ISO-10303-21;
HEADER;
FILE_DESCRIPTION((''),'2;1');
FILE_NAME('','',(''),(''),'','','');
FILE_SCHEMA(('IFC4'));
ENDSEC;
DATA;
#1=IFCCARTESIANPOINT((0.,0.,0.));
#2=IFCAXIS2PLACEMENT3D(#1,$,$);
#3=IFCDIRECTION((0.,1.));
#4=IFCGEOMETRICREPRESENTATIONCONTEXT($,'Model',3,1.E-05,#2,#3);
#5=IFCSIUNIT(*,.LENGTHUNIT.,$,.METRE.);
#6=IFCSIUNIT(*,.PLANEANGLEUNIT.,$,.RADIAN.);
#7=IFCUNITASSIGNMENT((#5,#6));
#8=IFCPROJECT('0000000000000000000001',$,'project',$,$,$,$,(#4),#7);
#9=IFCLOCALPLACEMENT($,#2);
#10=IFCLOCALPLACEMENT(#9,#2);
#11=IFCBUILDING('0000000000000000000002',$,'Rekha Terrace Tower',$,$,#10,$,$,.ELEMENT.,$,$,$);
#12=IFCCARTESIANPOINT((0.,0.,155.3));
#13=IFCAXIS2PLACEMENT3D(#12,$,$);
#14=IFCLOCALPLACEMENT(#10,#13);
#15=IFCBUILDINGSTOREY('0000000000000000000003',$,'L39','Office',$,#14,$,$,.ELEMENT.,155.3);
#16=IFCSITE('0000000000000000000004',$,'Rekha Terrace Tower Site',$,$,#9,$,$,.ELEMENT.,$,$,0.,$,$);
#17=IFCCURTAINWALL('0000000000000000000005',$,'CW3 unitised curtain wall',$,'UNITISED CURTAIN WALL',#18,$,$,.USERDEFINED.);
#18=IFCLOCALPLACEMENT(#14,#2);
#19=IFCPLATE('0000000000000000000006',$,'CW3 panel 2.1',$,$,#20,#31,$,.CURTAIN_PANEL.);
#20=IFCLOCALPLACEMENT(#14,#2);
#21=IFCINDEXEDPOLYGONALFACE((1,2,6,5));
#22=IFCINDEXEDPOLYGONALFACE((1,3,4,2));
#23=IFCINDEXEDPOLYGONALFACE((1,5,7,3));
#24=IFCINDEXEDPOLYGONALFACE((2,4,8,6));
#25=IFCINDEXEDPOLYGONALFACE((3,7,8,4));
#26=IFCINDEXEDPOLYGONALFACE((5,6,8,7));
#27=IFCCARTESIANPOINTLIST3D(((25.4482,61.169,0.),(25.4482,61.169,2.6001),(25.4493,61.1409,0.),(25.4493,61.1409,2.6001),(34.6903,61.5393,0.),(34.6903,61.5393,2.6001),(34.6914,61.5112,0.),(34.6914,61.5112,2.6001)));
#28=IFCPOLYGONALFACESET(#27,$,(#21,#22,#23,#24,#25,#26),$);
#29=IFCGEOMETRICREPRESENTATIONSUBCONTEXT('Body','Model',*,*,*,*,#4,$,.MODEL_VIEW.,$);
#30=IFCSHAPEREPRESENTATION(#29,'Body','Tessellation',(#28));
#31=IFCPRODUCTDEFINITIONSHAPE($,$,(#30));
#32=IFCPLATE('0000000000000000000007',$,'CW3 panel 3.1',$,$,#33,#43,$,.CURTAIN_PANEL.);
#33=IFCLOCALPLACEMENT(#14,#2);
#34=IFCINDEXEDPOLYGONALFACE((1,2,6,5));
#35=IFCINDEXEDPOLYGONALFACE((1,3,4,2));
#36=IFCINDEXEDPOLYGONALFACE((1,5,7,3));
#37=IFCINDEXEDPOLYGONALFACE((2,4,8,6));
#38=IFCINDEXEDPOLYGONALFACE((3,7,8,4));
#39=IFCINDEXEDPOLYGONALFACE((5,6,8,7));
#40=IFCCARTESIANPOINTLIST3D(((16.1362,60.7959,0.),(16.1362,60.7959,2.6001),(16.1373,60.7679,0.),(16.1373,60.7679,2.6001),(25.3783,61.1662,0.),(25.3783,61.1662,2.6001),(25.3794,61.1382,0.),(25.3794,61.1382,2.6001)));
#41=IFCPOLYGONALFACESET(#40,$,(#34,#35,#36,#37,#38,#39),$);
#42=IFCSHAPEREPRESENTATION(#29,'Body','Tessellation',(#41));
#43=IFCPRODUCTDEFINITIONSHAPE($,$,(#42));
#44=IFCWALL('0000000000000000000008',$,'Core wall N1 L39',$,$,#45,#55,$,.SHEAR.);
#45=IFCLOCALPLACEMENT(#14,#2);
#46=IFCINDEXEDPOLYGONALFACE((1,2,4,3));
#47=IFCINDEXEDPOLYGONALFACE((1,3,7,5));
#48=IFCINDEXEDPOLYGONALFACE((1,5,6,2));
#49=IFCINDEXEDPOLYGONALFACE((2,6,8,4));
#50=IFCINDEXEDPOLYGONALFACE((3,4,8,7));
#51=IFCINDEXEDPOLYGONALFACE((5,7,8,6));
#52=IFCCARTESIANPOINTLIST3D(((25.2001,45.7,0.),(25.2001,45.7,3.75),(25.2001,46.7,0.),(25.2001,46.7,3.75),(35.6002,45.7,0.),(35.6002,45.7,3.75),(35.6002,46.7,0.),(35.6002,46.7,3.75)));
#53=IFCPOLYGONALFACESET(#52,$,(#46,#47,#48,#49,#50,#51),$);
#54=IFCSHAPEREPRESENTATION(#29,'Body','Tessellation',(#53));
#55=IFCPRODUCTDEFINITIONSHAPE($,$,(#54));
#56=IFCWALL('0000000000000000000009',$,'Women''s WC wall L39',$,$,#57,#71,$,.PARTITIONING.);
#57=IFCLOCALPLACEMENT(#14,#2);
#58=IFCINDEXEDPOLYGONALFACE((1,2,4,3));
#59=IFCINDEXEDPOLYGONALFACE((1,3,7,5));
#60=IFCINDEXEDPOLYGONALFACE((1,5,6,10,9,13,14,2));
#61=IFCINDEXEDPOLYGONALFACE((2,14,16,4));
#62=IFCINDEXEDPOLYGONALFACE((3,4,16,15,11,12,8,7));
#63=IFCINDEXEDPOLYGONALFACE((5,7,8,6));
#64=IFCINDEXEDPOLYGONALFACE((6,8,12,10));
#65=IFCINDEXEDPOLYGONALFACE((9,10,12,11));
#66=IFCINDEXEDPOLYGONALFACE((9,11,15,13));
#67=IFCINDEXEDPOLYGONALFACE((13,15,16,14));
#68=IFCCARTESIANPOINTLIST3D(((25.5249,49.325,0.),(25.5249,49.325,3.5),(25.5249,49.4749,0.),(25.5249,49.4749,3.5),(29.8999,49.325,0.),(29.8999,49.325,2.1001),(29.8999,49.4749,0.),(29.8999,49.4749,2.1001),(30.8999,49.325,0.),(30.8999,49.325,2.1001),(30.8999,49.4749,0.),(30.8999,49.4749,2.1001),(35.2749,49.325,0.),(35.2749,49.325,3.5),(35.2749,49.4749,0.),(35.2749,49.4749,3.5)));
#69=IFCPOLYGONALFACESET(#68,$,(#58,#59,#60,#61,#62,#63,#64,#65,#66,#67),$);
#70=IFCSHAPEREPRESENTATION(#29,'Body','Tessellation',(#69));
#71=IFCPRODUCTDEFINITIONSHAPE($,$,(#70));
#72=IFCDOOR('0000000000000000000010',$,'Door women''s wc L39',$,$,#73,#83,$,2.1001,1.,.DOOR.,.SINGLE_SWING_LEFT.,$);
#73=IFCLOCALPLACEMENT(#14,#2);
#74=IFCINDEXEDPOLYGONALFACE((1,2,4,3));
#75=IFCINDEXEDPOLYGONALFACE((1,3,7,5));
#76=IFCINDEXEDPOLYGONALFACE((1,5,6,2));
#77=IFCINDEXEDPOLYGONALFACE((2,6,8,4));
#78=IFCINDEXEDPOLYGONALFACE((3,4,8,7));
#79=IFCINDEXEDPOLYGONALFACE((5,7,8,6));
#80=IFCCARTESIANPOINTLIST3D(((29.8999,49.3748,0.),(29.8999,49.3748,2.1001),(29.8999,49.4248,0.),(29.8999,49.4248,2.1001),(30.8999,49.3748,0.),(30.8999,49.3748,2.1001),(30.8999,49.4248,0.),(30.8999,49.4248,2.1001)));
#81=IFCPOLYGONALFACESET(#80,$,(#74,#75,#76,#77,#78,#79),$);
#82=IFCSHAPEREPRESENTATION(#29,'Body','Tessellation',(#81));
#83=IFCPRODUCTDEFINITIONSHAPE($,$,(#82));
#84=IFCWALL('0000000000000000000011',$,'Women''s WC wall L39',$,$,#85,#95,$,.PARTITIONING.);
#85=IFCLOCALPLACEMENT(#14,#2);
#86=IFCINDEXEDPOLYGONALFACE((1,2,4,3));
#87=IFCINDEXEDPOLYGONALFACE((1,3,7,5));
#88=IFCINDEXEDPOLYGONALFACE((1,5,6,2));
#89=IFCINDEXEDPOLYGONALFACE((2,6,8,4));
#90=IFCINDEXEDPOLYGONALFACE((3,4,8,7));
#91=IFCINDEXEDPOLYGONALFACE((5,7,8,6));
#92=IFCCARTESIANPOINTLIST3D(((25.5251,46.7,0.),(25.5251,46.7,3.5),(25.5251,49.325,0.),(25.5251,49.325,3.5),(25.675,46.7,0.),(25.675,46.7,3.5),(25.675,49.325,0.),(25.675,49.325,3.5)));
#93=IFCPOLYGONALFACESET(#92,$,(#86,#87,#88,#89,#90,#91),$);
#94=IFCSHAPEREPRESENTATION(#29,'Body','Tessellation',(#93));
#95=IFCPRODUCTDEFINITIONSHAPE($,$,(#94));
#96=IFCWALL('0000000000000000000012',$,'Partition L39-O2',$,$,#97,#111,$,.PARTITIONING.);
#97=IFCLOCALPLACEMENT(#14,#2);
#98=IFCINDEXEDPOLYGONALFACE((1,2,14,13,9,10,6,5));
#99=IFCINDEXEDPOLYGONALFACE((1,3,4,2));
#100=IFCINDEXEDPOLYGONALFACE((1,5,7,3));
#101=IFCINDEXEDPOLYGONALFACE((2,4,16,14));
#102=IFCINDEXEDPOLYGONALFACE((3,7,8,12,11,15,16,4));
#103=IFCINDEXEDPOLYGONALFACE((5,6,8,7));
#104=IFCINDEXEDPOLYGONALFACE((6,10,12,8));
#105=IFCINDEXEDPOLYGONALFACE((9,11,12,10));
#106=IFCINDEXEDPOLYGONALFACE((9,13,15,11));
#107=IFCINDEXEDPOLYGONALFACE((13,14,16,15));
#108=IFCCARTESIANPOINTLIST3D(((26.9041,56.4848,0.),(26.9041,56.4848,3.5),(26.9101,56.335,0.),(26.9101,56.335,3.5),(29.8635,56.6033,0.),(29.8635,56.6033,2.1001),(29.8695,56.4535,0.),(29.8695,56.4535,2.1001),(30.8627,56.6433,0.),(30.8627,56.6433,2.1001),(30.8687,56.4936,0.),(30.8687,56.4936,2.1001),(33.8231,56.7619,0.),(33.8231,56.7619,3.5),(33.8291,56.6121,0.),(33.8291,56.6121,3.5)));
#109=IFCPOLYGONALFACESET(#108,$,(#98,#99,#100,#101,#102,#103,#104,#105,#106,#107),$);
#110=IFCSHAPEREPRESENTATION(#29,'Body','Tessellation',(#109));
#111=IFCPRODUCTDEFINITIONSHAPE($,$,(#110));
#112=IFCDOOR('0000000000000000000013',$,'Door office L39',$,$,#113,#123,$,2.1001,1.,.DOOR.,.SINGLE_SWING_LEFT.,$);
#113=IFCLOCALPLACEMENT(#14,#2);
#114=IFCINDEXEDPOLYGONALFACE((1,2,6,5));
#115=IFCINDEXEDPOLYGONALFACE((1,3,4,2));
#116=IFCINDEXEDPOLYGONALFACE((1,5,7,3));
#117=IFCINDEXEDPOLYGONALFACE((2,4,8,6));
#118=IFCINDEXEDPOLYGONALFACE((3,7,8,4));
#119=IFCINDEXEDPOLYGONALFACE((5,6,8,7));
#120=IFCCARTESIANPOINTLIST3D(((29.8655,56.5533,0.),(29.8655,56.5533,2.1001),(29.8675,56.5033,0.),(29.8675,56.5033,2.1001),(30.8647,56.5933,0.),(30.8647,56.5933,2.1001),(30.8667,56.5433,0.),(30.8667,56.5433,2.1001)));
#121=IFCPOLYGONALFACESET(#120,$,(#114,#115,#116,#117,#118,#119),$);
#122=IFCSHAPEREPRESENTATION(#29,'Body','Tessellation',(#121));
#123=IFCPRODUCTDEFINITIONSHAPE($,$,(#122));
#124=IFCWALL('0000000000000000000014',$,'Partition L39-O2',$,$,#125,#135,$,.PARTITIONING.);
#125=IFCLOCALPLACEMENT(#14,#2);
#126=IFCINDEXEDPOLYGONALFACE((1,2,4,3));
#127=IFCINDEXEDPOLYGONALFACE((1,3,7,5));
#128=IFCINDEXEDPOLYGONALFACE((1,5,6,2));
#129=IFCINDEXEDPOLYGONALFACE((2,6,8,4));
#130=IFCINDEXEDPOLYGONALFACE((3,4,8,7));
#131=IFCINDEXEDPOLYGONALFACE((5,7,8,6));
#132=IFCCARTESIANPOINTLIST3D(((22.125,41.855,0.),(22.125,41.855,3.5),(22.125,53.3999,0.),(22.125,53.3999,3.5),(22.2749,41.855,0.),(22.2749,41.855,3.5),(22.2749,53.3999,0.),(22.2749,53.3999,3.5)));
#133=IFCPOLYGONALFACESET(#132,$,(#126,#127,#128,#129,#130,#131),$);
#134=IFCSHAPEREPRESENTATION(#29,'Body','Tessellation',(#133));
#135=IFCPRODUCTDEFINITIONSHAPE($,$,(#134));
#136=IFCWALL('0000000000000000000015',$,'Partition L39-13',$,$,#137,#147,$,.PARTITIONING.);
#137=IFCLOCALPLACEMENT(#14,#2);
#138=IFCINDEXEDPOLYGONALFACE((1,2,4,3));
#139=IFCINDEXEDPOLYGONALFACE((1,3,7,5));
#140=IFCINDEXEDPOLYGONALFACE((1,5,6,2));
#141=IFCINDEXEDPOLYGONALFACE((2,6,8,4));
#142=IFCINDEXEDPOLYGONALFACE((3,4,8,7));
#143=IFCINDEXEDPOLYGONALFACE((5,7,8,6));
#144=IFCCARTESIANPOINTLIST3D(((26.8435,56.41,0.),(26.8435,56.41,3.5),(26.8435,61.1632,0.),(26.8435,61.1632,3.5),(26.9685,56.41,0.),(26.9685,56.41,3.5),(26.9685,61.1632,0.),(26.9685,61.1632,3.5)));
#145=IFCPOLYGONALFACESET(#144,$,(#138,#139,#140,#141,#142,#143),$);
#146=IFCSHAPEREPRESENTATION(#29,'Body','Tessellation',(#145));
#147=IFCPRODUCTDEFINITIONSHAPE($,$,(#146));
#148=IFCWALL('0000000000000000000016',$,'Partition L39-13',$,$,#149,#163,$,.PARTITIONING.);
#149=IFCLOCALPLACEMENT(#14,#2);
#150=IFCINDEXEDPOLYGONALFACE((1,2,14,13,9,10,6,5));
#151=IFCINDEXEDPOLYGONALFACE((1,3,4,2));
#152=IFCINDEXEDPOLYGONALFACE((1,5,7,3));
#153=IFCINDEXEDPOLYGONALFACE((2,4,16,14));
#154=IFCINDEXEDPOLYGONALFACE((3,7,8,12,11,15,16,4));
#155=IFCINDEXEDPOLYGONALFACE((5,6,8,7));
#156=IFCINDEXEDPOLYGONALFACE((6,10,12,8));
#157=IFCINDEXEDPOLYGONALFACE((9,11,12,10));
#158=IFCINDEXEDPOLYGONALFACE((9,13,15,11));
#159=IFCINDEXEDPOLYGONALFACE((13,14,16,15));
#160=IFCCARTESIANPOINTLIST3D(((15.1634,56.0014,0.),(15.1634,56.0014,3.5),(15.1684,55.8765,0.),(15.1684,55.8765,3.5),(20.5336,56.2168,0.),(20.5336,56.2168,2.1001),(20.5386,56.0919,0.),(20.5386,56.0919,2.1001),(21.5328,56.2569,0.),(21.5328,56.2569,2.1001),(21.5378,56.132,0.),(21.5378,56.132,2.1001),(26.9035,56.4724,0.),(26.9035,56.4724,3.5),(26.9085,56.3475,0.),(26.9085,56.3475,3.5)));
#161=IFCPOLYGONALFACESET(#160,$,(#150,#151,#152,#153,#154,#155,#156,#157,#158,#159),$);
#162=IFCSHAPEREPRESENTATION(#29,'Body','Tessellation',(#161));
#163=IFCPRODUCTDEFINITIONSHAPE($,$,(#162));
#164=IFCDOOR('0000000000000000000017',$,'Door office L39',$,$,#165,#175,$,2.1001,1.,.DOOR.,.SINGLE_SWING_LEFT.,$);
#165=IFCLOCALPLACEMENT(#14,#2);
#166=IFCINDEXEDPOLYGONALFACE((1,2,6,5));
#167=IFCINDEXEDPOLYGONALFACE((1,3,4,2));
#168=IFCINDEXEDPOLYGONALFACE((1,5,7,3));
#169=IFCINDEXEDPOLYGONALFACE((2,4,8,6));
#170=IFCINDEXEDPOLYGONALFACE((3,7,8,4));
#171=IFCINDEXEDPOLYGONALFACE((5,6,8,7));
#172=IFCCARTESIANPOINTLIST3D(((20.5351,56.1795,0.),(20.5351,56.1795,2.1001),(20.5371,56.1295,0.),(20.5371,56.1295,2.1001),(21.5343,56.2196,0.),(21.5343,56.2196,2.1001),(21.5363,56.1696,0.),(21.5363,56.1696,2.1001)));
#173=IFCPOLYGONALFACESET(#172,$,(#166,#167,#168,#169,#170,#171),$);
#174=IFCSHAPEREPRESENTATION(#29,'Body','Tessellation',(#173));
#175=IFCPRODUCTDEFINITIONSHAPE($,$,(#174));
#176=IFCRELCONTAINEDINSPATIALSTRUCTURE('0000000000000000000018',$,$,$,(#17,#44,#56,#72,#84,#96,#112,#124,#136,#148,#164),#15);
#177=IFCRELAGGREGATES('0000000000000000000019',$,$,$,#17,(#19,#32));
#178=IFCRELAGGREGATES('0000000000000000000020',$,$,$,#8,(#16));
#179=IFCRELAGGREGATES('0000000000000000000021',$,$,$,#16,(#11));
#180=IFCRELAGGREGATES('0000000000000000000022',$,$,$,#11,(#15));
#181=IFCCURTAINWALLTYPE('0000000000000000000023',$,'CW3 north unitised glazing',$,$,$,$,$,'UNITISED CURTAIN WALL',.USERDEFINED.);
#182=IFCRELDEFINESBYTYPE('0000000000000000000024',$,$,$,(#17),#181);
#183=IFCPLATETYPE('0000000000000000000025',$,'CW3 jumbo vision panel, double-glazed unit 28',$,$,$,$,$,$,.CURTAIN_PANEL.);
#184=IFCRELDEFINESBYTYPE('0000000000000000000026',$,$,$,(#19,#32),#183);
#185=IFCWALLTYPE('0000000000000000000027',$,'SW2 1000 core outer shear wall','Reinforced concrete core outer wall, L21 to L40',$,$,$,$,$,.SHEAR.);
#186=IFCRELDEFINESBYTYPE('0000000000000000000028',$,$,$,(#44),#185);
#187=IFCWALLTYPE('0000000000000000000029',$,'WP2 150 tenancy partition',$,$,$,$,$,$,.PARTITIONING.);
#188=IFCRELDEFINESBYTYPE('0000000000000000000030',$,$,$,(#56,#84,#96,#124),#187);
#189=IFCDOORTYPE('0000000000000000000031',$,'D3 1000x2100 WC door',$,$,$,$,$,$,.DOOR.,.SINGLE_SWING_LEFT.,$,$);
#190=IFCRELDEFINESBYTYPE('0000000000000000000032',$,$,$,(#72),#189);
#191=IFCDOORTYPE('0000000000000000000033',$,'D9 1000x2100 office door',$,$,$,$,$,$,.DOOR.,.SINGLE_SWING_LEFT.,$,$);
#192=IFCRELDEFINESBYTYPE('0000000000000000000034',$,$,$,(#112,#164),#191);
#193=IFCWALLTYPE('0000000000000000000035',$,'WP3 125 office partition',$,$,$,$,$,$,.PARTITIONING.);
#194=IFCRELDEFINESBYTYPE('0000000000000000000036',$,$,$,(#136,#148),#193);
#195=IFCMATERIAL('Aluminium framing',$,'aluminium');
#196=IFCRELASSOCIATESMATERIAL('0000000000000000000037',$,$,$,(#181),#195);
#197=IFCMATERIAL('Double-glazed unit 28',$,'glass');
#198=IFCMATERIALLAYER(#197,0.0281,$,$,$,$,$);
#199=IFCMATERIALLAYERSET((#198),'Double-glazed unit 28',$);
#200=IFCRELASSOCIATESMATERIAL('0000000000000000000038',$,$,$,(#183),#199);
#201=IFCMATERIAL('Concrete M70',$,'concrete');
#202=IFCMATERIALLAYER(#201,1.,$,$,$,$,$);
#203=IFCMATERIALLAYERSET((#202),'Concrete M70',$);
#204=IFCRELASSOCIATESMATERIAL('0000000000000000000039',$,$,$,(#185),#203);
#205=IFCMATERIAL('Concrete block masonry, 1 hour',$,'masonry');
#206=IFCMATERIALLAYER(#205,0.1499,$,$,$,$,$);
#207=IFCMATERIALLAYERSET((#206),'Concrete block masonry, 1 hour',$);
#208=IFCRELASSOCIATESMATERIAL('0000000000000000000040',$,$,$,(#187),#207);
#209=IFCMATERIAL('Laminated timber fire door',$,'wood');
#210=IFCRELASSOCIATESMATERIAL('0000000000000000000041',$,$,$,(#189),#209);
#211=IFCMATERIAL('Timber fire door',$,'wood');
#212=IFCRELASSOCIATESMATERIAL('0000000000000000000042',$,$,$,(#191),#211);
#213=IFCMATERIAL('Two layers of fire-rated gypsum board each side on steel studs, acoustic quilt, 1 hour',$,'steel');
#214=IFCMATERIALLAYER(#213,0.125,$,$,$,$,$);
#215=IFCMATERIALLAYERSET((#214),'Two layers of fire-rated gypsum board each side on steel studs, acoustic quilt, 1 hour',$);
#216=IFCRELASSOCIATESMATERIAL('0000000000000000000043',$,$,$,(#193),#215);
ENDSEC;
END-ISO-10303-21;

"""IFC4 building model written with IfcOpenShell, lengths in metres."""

from ifc_helpers import new_model, si_unit, direction, frame, frame_2d, origin, origin_2d, place, context, subcontext, project, spatial, rectangle, extrude, material, layer, layer_set, type_object, element, fill, aggregate, save


model = new_model("IFC4")

# Units and contexts
model_context = context("Model", 3, precision=1e-05, world=origin(), true_north=direction((0.0, 1.0)))
body_context = subcontext(model_context, "Body", "Model", "MODEL_VIEW")
ifc_project = project(units=[si_unit("LENGTHUNIT", "METRE"), si_unit("PLANEANGLEUNIT", "RADIAN")], contexts=[model_context])

# Site, building, storey
site_placement = place(None, origin())
site = spatial("IfcSite", under=ifc_project, at=site_placement, Name="Rekha Terrace Tower Site", CompositionType="ELEMENT", RefElevation=0.0)
building_placement = place(site_placement, origin())
building = spatial("IfcBuilding", under=site, at=building_placement, Name="Rekha Terrace Tower", CompositionType="ELEMENT")
storey_placement = place(building_placement, frame((0.0, 0.0, 155.3)))
storey = spatial("IfcBuildingStorey", under=building, at=storey_placement, Name="L39", Description="Office", CompositionType="ELEMENT", Elevation=155.3)

# Shared definitions
ifc_material_1 = material(Name="Concrete M70", Category="concrete")

# Curtain wall, plates
ifc_material_2 = material(Name="Aluminium framing", Category="aluminium")
curtain_wall_type = type_object("IfcCurtainWallType", Name="CW3 north unitised glazing", ElementType="UNITISED CURTAIN WALL", PredefinedType="USERDEFINED", material=ifc_material_2)
curtain_wall_placement = place(storey_placement, origin())
curtain_wall = element("IfcCurtainWall", 1, at=curtain_wall_placement, inside=storey, type_object=curtain_wall_type, Name="CW3 unitised curtain wall", ObjectType="UNITISED CURTAIN WALL", PredefinedType="USERDEFINED")
ifc_material_3 = material(Name="Double-glazed unit 28", Category="glass")
ifc_layer_1 = layer(ifc_material_3, 0.0281)
ifc_layer_set_1 = layer_set([ifc_layer_1], Name="Double-glazed unit 28")
plate_type = type_object("IfcPlateType", Name="CW3 jumbo vision panel, double-glazed unit 28", PredefinedType="CURTAIN_PANEL", material=ifc_layer_set_1)
plate_1_placement = place(storey_placement, frame((30.0698, 61.3401, 0.0), z_axis=(0.0, 0.0, 1.0), x_axis=(-0.999198, -0.040032, 0.0)))
plate_1 = element("IfcPlate", 2, at=plate_1_placement, type_object=plate_type, Name="CW3 panel 2.1", PredefinedType="CURTAIN_PANEL", context=body_context, shape_type="SweptSolid", body=[
    extrude(rectangle(XDim=9.2495, YDim=0.0281, at=origin_2d()), origin(), (0.0, 0.0, 1.0), 2.6001),
])
plate_2_placement = place(storey_placement, frame((20.7578, 60.967, 0.0), z_axis=(0.0, 0.0, 1.0), x_axis=(-0.999198, -0.040032, 0.0)))
plate_2 = element("IfcPlate", 3, at=plate_2_placement, type_object=plate_type, Name="CW3 panel 3.1", PredefinedType="CURTAIN_PANEL", context=body_context, shape_type="SweptSolid", body=[
    extrude(rectangle(XDim=9.2495, YDim=0.0281, at=origin_2d()), origin(), (0.0, 0.0, 1.0), 2.6001),
])
aggregate(curtain_wall, [plate_1, plate_2])

# Wall
ifc_layer_2 = layer(ifc_material_1, 1.0)
ifc_layer_set_2 = layer_set([ifc_layer_2], Name="Concrete M70")
wall_type_1 = type_object("IfcWallType", Name="SW2 1000 core outer shear wall", Description="Reinforced concrete core outer wall, L21 to L40", PredefinedType="SHEAR", material=ifc_layer_set_2)
wall_1_placement = place(storey_placement, frame((25.2, 46.2, 0.0), z_axis=(0.0, 0.0, 1.0), x_axis=(1.0, 0.0, 0.0)))
element("IfcWall", 4, at=wall_1_placement, inside=storey, type_object=wall_type_1, Name="Core wall N1 L39", PredefinedType="SHEAR", context=body_context, shape_type="SweptSolid", body=[
    extrude(rectangle(XDim=10.4001, YDim=1.0, at=frame_2d((5.2002, 0.0))), origin(), (0.0, 0.0, 1.0), 3.75),
])

# Wall, opening, door
ifc_material_4 = material(Name="Concrete block masonry, 1 hour", Category="masonry")
ifc_layer_3 = layer(ifc_material_4, 0.1499)
ifc_layer_set_3 = layer_set([ifc_layer_3], Name="Concrete block masonry, 1 hour")
wall_type_2 = type_object("IfcWallType", Name="WP2 150 tenancy partition", PredefinedType="PARTITIONING", material=ifc_layer_set_3)
wall_2_placement = place(storey_placement, frame((25.5249, 49.3999, 0.0), z_axis=(0.0, 0.0, 1.0), x_axis=(1.0, 0.0, 0.0)))
wall_2 = element("IfcWall", 5, at=wall_2_placement, inside=storey, type_object=wall_type_2, Name="Women's WC wall L39", PredefinedType="PARTITIONING", context=body_context, shape_type="SweptSolid", body=[
    extrude(rectangle(XDim=9.75, YDim=0.1499, at=frame_2d((4.875, 0.0))), origin(), (0.0, 0.0, 1.0), 3.5),
])
opening_1_placement = place(wall_2_placement, frame((4.375, 0.0, 0.0)))
opening_1 = element("IfcOpeningElement", 6, at=opening_1_placement, cuts=wall_2, PredefinedType="OPENING", context=body_context, shape_type="SweptSolid", body=[
    extrude(rectangle(XDim=1.0, YDim=2.1001, at=frame_2d((0.5, 1.05))), frame((0.0, 0.085, 0.0), z_axis=(0.0, -1.0, 0.0), x_axis=(1.0, 0.0, 0.0)), (0.0, 0.0, 1.0), 0.1699),
])
ifc_material_5 = material(Name="Laminated timber fire door", Category="wood")
door_type_1 = type_object("IfcDoorType", Name="D3 1000x2100 WC door", OperationType="SINGLE_SWING_LEFT", PredefinedType="DOOR", material=ifc_material_5)
door_1_placement = place(opening_1_placement, origin())
door_1 = element("IfcDoor", 7, at=door_1_placement, inside=storey, type_object=door_type_1, Name="Door women's wc L39", OperationType="SINGLE_SWING_LEFT", OverallHeight=2.1001, OverallWidth=1.0, PredefinedType="DOOR", context=body_context, shape_type="SweptSolid", body=[
    extrude(rectangle(XDim=1.0, YDim=2.1001, at=frame_2d((0.5, 1.05))), frame((0.0, 0.0249, 0.0), z_axis=(0.0, -1.0, 0.0), x_axis=(1.0, 0.0, 0.0)), (0.0, 0.0, 1.0), 0.05),
])
fill(opening_1, door_1)

# Wall
wall_3_placement = place(storey_placement, frame((25.6001, 46.7, 0.0), z_axis=(0.0, 0.0, 1.0), x_axis=(0.0, 1.0, 0.0)))
element("IfcWall", 8, at=wall_3_placement, inside=storey, type_object=wall_type_2, Name="Women's WC wall L39", PredefinedType="PARTITIONING", context=body_context, shape_type="SweptSolid", body=[
    extrude(rectangle(XDim=2.625, YDim=0.1499, at=frame_2d((1.3125, 0.0))), origin(), (0.0, 0.0, 1.0), 3.5),
])

# Wall, opening, door
wall_4_placement = place(storey_placement, frame((26.907, 56.4099, 0.0), z_axis=(0.0, 0.0, 1.0), x_axis=(0.999199, 0.040017, 0.0)))
wall_4 = element("IfcWall", 9, at=wall_4_placement, inside=storey, type_object=wall_type_2, Name="Partition L39-O2", PredefinedType="PARTITIONING", context=body_context, shape_type="SweptSolid", body=[
    extrude(rectangle(XDim=6.9246, YDim=0.1499, at=frame_2d((3.4624, 0.0))), origin(), (0.0, 0.0, 1.0), 3.5),
])
opening_2_placement = place(wall_4_placement, frame((2.9619, 0.0, 0.0)))
opening_2 = element("IfcOpeningElement", 10, at=opening_2_placement, cuts=wall_4, PredefinedType="OPENING", context=body_context, shape_type="SweptSolid", body=[
    extrude(rectangle(XDim=1.0, YDim=2.1001, at=frame_2d((0.5, 1.05))), frame((0.0, 0.085, 0.0), z_axis=(0.0, -1.0, 0.0), x_axis=(1.0, 0.0, 0.0)), (0.0, 0.0, 1.0), 0.1699),
])
ifc_material_6 = material(Name="Timber fire door", Category="wood")
door_type_2 = type_object("IfcDoorType", Name="D9 1000x2100 office door", OperationType="SINGLE_SWING_LEFT", PredefinedType="DOOR", material=ifc_material_6)
door_2_placement = place(opening_2_placement, origin())
door_2 = element("IfcDoor", 11, at=door_2_placement, inside=storey, type_object=door_type_2, Name="Door office L39", OperationType="SINGLE_SWING_LEFT", OverallHeight=2.1001, OverallWidth=1.0, PredefinedType="DOOR", context=body_context, shape_type="SweptSolid", body=[
    extrude(rectangle(XDim=1.0, YDim=2.1001, at=frame_2d((0.5, 1.05))), frame((0.0, 0.0249, 0.0), z_axis=(0.0, -1.0, 0.0), x_axis=(1.0, 0.0, 0.0)), (0.0, 0.0, 1.0), 0.05),
])
fill(opening_2, door_2)

# Walls
wall_5_placement = place(storey_placement, frame((22.2, 53.3999, 0.0), z_axis=(0.0, 0.0, 1.0), x_axis=(0.0, -1.0, 0.0)))
element("IfcWall", 12, at=wall_5_placement, inside=storey, type_object=wall_type_2, Name="Partition L39-O2", PredefinedType="PARTITIONING", context=body_context, shape_type="SweptSolid", body=[
    extrude(rectangle(XDim=11.5449, YDim=0.1499, at=frame_2d((5.7725, 0.0))), origin(), (0.0, 0.0, 1.0), 3.5),
])
ifc_material_7 = material(Name="Two layers of fire-rated gypsum board each side on steel studs, acoustic quilt, 1 hour", Category="steel")
ifc_layer_4 = layer(ifc_material_7, 0.125)
ifc_layer_set_4 = layer_set([ifc_layer_4], Name="Two layers of fire-rated gypsum board each side on steel studs, acoustic quilt, 1 hour")
wall_type_3 = type_object("IfcWallType", Name="WP3 125 office partition", PredefinedType="PARTITIONING", material=ifc_layer_set_4)
wall_6_placement = place(storey_placement, frame((26.906, 61.1631, 0.0), z_axis=(0.0, 0.0, 1.0), x_axis=(0.0, -1.0, 0.0)))
element("IfcWall", 13, at=wall_6_placement, inside=storey, type_object=wall_type_3, Name="Partition L39-13", PredefinedType="PARTITIONING", context=body_context, shape_type="SweptSolid", body=[
    extrude(rectangle(XDim=4.7532, YDim=0.125, at=frame_2d((2.3765, 0.0))), origin(), (0.0, 0.0, 1.0), 3.5),
])

# Wall, opening, door
wall_7_placement = place(storey_placement, frame((26.906, 56.4099, 0.0), z_axis=(0.0, 0.0, 1.0), x_axis=(-0.999196, -0.040083, 0.0)))
wall_7 = element("IfcWall", 14, at=wall_7_placement, inside=storey, type_object=wall_type_3, Name="Partition L39-13", PredefinedType="PARTITIONING", context=body_context, shape_type="SweptSolid", body=[
    extrude(rectangle(XDim=11.7495, YDim=0.125, at=frame_2d((5.8748, 0.0))), origin(), (0.0, 0.0, 1.0), 3.5),
])
opening_3_placement = place(wall_7_placement, frame((5.375, 0.0, 0.0)))
opening_3 = element("IfcOpeningElement", 15, at=opening_3_placement, cuts=wall_7, PredefinedType="OPENING", context=body_context, shape_type="SweptSolid", body=[
    extrude(rectangle(XDim=1.0, YDim=2.1001, at=frame_2d((0.5, 1.05))), frame((0.0, 0.0725, 0.0), z_axis=(0.0, -1.0, 0.0), x_axis=(1.0, 0.0, 0.0)), (0.0, 0.0, 1.0), 0.145),
])
door_3_placement = place(opening_3_placement, origin())
door_3 = element("IfcDoor", 16, at=door_3_placement, inside=storey, type_object=door_type_2, Name="Door office L39", OperationType="SINGLE_SWING_LEFT", OverallHeight=2.1001, OverallWidth=1.0, PredefinedType="DOOR", context=body_context, shape_type="SweptSolid", body=[
    extrude(rectangle(XDim=1.0, YDim=2.1001, at=frame_2d((0.5, 1.05))), frame((0.0, 0.0249, 0.0), z_axis=(0.0, -1.0, 0.0), x_axis=(1.0, 0.0, 0.0)), (0.0, 0.0, 1.0), 0.05),
])
fill(opening_3, door_3)

save(model, "model.ifc")
